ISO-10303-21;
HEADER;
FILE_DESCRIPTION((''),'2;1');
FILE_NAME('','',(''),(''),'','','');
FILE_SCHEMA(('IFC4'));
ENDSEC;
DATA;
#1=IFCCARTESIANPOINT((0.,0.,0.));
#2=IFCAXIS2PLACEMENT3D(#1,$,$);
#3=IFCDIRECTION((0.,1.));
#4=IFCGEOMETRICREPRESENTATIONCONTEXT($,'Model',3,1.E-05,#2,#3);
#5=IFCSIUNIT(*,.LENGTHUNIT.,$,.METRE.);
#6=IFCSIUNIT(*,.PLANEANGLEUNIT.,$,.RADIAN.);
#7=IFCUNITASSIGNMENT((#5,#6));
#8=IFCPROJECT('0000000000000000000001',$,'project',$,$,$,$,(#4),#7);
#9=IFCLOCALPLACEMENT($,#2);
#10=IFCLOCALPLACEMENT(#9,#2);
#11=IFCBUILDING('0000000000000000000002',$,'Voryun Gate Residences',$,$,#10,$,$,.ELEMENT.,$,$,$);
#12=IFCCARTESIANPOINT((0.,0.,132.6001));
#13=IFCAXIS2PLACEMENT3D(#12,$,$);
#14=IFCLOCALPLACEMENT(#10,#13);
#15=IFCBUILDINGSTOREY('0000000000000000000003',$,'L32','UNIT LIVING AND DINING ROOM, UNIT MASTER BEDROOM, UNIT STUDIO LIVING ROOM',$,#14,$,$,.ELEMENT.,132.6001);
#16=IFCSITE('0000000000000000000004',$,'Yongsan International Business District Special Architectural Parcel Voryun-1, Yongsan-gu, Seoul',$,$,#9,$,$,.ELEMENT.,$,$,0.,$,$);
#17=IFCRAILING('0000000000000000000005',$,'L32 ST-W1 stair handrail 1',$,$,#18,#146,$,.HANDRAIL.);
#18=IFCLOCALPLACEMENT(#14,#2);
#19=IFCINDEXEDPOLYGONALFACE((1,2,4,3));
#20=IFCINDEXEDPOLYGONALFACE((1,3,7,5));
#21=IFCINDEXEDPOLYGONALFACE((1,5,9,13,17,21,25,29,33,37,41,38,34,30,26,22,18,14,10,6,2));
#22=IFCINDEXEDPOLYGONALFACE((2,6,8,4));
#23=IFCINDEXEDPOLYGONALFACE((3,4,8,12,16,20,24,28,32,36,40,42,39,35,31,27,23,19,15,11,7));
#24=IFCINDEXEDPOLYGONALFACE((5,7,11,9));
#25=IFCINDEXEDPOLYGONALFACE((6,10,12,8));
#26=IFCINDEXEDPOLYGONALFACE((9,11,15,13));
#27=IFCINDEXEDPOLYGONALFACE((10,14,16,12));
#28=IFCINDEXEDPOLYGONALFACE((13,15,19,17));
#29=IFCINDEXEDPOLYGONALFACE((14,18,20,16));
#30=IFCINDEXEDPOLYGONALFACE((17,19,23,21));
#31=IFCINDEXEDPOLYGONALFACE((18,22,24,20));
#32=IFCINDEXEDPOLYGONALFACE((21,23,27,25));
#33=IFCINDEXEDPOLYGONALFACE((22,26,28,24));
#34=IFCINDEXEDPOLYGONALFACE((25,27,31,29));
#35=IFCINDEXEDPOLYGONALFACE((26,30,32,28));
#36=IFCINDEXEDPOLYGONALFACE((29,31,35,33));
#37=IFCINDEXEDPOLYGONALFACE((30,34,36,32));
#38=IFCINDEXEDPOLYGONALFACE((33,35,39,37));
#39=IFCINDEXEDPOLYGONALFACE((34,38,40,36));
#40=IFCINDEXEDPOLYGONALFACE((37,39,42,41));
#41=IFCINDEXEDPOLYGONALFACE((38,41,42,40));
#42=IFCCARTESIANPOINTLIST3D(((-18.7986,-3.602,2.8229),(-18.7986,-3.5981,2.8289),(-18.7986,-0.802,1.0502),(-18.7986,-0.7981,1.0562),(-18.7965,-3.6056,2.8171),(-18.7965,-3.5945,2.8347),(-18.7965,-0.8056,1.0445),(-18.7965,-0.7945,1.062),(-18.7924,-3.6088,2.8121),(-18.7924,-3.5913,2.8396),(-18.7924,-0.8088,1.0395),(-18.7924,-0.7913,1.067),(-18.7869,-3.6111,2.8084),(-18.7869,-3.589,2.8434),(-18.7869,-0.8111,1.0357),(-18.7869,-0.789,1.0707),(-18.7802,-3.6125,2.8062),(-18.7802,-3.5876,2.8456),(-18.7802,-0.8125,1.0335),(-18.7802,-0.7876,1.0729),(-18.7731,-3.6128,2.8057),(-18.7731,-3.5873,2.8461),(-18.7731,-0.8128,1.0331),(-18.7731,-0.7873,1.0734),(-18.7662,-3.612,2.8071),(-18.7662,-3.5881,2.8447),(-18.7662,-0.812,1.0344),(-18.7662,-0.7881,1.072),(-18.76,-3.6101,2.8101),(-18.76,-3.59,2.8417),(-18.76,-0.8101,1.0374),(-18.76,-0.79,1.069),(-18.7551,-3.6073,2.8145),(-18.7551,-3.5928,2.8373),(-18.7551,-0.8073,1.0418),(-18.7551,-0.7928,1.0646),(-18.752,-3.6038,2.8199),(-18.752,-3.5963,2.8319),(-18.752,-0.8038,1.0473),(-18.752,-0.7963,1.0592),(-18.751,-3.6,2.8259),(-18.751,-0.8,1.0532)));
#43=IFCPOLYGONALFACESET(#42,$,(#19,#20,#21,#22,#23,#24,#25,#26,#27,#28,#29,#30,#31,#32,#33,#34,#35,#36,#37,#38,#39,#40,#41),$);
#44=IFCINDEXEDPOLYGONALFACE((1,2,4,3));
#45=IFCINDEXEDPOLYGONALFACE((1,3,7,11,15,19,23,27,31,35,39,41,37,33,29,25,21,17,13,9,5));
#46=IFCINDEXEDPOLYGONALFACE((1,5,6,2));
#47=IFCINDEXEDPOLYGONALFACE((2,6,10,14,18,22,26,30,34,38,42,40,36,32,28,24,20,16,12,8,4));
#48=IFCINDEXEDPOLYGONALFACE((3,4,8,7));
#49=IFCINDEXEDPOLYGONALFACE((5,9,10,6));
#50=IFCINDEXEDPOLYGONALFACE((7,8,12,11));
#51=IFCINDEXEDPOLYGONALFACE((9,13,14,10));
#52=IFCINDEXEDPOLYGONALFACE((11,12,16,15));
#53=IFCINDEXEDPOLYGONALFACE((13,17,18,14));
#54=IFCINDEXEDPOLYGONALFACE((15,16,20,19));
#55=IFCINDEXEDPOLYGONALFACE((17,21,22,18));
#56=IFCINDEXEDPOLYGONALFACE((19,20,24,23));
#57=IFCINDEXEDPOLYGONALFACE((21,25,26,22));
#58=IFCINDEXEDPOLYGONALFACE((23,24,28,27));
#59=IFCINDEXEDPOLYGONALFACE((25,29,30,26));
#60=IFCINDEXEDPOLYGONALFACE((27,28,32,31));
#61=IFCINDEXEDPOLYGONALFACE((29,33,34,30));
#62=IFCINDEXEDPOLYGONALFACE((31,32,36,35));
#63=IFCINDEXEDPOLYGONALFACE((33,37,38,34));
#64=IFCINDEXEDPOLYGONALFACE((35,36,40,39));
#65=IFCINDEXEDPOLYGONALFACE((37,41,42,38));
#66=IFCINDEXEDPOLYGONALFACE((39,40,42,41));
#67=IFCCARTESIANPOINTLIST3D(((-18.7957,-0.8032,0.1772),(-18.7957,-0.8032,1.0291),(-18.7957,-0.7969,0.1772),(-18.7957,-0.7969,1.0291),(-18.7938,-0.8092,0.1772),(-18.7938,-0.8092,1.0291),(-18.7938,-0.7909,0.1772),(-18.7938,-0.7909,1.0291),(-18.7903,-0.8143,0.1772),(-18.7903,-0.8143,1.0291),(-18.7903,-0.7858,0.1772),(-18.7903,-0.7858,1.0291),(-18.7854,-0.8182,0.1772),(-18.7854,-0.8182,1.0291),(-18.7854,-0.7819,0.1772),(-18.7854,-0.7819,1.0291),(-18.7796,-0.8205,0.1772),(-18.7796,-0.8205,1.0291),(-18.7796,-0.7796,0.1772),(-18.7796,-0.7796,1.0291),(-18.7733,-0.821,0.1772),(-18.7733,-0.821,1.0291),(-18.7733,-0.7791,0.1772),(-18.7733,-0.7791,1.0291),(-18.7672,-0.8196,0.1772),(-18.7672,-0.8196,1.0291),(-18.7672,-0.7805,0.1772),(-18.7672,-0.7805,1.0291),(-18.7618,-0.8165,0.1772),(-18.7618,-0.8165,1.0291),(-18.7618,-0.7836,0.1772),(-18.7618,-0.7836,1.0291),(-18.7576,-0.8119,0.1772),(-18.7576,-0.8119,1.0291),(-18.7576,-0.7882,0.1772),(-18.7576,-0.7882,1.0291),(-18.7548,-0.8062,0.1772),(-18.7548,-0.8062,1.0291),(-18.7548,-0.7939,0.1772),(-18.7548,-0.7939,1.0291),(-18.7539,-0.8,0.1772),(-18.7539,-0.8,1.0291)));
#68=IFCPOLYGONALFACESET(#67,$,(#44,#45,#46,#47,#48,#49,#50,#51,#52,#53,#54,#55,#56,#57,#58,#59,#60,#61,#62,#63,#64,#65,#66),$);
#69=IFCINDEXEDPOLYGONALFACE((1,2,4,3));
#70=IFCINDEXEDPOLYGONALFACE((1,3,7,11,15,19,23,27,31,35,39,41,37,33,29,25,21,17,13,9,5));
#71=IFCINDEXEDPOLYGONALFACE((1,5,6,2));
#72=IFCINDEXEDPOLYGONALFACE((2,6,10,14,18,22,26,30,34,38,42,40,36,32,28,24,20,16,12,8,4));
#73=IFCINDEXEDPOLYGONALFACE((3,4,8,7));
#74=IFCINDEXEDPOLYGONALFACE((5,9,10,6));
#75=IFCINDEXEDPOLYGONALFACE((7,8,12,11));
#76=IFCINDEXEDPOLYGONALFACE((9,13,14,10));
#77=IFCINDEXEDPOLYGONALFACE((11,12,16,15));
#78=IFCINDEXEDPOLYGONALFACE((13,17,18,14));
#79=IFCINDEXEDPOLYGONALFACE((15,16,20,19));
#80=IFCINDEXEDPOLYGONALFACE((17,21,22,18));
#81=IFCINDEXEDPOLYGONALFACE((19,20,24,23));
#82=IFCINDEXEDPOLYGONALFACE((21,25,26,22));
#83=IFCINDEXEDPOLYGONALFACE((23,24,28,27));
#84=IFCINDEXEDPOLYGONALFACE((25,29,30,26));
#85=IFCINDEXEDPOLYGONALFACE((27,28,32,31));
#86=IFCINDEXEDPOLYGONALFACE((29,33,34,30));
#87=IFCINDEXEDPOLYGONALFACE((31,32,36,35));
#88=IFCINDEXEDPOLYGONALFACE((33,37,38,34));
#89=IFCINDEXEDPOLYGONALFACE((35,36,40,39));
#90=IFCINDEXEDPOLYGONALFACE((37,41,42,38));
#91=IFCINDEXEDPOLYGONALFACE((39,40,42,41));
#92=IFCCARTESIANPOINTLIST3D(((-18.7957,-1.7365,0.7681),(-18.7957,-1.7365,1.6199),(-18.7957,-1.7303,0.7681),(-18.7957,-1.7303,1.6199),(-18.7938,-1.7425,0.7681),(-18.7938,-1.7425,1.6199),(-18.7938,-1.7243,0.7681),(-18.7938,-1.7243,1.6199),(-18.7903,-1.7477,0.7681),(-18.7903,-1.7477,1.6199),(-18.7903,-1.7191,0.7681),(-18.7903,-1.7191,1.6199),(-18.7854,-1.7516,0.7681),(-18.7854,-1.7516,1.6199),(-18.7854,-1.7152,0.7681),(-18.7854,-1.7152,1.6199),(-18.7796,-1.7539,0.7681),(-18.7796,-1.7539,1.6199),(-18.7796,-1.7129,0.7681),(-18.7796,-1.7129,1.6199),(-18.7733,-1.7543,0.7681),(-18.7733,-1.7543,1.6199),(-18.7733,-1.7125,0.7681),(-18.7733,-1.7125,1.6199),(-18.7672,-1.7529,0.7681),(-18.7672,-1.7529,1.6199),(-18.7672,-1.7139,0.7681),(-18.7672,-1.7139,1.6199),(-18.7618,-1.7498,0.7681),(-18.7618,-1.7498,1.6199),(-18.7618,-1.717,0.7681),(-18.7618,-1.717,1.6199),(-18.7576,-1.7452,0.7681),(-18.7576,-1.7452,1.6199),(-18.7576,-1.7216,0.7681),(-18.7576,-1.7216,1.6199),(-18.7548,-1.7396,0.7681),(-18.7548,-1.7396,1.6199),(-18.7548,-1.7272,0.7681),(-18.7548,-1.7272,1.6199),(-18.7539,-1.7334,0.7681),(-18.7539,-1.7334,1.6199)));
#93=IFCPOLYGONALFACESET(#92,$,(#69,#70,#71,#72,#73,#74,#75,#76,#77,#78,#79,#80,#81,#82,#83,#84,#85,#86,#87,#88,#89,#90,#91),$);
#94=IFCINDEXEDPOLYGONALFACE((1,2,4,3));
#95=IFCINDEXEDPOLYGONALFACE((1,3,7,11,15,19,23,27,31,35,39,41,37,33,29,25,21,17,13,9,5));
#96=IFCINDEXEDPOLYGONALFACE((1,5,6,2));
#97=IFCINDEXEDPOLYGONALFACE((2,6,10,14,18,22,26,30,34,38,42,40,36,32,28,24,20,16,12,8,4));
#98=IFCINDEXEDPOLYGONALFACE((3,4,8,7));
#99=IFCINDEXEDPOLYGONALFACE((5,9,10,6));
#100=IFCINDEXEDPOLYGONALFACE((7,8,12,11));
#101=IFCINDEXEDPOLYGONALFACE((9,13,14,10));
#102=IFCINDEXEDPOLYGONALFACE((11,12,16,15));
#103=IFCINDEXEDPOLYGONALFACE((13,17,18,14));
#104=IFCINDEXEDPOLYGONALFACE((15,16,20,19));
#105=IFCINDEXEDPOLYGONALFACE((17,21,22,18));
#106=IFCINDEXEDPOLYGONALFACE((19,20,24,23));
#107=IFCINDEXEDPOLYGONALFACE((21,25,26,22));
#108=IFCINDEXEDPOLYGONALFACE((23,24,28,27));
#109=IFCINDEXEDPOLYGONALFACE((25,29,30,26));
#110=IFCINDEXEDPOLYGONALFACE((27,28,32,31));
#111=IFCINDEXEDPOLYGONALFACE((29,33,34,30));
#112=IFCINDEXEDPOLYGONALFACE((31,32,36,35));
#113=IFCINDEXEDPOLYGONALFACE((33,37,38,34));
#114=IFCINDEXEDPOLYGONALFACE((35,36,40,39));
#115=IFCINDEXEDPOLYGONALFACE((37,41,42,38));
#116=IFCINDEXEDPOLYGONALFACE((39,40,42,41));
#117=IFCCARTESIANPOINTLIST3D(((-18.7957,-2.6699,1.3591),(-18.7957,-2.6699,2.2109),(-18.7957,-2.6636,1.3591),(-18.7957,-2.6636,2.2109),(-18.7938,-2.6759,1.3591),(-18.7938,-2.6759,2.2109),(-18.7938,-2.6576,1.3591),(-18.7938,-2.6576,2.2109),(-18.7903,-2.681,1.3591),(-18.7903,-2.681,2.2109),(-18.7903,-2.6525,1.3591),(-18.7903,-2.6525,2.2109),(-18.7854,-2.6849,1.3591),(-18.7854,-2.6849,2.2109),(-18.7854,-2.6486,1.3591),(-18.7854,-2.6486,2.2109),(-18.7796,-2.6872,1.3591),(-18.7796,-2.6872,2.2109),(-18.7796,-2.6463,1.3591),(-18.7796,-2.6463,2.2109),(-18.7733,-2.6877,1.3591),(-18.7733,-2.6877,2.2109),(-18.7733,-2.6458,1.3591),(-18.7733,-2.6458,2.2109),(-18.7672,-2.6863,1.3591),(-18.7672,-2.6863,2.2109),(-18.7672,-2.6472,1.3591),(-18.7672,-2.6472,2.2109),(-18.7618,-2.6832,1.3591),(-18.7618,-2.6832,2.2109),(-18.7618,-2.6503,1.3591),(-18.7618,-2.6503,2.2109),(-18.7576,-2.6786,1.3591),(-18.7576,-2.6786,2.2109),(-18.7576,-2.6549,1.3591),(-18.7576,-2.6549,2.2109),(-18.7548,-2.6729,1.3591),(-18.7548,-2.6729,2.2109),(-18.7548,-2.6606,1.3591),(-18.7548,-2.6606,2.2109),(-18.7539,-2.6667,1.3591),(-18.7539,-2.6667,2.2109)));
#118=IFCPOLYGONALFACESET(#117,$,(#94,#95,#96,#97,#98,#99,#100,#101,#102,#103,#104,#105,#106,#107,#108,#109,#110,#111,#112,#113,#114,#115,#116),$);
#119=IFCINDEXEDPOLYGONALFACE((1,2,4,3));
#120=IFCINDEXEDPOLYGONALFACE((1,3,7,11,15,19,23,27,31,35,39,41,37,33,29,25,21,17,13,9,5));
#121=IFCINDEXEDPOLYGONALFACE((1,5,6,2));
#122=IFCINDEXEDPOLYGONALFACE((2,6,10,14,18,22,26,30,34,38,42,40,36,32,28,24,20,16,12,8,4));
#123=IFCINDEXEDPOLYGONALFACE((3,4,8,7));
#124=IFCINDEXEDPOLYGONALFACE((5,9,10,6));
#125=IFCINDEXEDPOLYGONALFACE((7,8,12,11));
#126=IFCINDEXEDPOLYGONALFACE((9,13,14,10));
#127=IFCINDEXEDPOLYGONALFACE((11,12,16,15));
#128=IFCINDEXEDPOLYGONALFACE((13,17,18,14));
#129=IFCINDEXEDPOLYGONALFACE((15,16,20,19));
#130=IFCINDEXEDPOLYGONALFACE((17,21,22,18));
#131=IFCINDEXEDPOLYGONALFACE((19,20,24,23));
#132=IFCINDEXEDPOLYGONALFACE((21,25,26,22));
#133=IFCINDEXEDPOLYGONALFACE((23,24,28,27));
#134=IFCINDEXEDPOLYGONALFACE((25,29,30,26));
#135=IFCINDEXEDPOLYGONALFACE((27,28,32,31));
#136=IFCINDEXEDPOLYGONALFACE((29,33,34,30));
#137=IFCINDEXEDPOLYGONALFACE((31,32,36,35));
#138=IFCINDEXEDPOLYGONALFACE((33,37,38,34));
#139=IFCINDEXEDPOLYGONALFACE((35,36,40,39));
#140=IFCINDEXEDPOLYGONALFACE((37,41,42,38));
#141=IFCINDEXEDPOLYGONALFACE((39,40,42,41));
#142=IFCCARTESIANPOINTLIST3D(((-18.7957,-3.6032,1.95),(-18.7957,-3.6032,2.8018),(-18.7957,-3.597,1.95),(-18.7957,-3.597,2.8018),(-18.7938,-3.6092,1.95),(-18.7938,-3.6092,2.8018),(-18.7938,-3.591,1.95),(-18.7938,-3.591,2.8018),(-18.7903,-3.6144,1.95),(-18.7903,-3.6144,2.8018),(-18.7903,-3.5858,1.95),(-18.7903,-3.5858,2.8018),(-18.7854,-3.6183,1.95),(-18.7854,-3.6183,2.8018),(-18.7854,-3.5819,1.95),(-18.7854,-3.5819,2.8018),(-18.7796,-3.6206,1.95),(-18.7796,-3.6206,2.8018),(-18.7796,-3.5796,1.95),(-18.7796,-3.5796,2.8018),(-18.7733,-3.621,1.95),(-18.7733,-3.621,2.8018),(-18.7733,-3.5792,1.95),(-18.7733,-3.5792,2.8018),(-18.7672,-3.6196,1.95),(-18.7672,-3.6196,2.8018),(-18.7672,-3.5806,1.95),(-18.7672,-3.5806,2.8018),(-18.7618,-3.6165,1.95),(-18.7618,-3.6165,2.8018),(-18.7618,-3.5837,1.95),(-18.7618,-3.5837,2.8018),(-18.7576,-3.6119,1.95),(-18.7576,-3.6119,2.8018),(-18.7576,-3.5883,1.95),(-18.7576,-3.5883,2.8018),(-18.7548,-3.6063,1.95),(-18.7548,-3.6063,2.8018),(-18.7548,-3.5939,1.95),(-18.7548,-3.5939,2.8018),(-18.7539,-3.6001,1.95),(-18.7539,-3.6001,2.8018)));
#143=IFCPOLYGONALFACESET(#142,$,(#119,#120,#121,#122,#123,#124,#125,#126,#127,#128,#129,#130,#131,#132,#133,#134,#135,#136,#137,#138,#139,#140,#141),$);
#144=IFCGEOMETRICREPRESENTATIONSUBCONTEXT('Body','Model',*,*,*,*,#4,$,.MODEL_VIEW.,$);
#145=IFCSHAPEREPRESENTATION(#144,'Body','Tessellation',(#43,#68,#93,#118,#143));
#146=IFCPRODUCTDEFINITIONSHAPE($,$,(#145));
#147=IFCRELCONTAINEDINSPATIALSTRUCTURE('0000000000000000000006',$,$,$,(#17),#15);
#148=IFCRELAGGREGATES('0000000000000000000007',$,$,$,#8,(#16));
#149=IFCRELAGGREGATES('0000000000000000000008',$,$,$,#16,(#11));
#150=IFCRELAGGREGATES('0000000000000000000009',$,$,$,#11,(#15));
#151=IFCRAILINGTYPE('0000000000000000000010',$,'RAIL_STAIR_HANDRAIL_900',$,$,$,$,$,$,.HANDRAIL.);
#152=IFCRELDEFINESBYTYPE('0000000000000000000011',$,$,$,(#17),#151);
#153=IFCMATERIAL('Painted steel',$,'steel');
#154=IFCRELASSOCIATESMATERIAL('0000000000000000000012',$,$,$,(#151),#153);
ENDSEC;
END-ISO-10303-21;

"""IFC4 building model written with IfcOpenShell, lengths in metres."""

from ifc_helpers import new_model, si_unit, direction, frame, origin, origin_2d, place, context, subcontext, project, spatial, circle, extrude, material, type_object, element, save


model = new_model("IFC4")

# Units and contexts
model_context = context("Model", 3, precision=1e-05, world=origin(), true_north=direction((0.0, 1.0)))
body_context = subcontext(model_context, "Body", "Model", "MODEL_VIEW")
ifc_project = project(units=[si_unit("LENGTHUNIT", "METRE"), si_unit("PLANEANGLEUNIT", "RADIAN")], contexts=[model_context])

# Site, building, storey
site_placement = place(None, origin())
site = spatial("IfcSite", under=ifc_project, at=site_placement, Name="Yongsan International Business District Special Architectural Parcel Voryun-1, Yongsan-gu, Seoul", CompositionType="ELEMENT", RefElevation=0.0)
building_placement = place(site_placement, origin())
building = spatial("IfcBuilding", under=site, at=building_placement, Name="Voryun Gate Residences", CompositionType="ELEMENT")
storey_placement = place(building_placement, frame((0.0, 0.0, 132.6001)))
storey = spatial("IfcBuildingStorey", under=building, at=storey_placement, Name="L32", Description="UNIT LIVING AND DINING ROOM, UNIT MASTER BEDROOM, UNIT STUDIO LIVING ROOM", CompositionType="ELEMENT", Elevation=132.6001)

# Railing
ifc_material_1 = material(Name="Painted steel", Category="steel")
railing_type_1 = type_object("IfcRailingType", Name="RAIL_STAIR_HANDRAIL_900", PredefinedType="HANDRAIL", material=ifc_material_1)
railing_1_placement = place(storey_placement, frame((-18.7749, -0.8, 0.1772)))
element("IfcRailing", 1, at=railing_1_placement, inside=storey, type_object=railing_type_1, Name="L32 ST-W1 stair handrail 1", PredefinedType="HANDRAIL", context=body_context, shape_type="SweptSolid", body=[
    extrude(circle(Radius=0.0239, at=origin_2d()), frame((0.0, 0.0, 0.876), z_axis=(0.0, -0.844909, 0.53491), x_axis=(1.0, 0.0, 0.0)), (0.0, 0.0, 1.0), 3.314),
    extrude(circle(Radius=0.021, at=origin_2d()), origin(), (0.0, 0.0, 1.0), 0.8518),
    extrude(circle(Radius=0.021, at=origin_2d()), frame((0.0, -0.9333, 0.5908)), (0.0, 0.0, 1.0), 0.8518),
    extrude(circle(Radius=0.021, at=origin_2d()), frame((0.0, -1.8667, 1.1819)), (0.0, 0.0, 1.0), 0.8518),
    extrude(circle(Radius=0.021, at=origin_2d()), frame((0.0, -2.8, 1.7727)), (0.0, 0.0, 1.0), 0.8518),
])

save(model, "model.ifc")
